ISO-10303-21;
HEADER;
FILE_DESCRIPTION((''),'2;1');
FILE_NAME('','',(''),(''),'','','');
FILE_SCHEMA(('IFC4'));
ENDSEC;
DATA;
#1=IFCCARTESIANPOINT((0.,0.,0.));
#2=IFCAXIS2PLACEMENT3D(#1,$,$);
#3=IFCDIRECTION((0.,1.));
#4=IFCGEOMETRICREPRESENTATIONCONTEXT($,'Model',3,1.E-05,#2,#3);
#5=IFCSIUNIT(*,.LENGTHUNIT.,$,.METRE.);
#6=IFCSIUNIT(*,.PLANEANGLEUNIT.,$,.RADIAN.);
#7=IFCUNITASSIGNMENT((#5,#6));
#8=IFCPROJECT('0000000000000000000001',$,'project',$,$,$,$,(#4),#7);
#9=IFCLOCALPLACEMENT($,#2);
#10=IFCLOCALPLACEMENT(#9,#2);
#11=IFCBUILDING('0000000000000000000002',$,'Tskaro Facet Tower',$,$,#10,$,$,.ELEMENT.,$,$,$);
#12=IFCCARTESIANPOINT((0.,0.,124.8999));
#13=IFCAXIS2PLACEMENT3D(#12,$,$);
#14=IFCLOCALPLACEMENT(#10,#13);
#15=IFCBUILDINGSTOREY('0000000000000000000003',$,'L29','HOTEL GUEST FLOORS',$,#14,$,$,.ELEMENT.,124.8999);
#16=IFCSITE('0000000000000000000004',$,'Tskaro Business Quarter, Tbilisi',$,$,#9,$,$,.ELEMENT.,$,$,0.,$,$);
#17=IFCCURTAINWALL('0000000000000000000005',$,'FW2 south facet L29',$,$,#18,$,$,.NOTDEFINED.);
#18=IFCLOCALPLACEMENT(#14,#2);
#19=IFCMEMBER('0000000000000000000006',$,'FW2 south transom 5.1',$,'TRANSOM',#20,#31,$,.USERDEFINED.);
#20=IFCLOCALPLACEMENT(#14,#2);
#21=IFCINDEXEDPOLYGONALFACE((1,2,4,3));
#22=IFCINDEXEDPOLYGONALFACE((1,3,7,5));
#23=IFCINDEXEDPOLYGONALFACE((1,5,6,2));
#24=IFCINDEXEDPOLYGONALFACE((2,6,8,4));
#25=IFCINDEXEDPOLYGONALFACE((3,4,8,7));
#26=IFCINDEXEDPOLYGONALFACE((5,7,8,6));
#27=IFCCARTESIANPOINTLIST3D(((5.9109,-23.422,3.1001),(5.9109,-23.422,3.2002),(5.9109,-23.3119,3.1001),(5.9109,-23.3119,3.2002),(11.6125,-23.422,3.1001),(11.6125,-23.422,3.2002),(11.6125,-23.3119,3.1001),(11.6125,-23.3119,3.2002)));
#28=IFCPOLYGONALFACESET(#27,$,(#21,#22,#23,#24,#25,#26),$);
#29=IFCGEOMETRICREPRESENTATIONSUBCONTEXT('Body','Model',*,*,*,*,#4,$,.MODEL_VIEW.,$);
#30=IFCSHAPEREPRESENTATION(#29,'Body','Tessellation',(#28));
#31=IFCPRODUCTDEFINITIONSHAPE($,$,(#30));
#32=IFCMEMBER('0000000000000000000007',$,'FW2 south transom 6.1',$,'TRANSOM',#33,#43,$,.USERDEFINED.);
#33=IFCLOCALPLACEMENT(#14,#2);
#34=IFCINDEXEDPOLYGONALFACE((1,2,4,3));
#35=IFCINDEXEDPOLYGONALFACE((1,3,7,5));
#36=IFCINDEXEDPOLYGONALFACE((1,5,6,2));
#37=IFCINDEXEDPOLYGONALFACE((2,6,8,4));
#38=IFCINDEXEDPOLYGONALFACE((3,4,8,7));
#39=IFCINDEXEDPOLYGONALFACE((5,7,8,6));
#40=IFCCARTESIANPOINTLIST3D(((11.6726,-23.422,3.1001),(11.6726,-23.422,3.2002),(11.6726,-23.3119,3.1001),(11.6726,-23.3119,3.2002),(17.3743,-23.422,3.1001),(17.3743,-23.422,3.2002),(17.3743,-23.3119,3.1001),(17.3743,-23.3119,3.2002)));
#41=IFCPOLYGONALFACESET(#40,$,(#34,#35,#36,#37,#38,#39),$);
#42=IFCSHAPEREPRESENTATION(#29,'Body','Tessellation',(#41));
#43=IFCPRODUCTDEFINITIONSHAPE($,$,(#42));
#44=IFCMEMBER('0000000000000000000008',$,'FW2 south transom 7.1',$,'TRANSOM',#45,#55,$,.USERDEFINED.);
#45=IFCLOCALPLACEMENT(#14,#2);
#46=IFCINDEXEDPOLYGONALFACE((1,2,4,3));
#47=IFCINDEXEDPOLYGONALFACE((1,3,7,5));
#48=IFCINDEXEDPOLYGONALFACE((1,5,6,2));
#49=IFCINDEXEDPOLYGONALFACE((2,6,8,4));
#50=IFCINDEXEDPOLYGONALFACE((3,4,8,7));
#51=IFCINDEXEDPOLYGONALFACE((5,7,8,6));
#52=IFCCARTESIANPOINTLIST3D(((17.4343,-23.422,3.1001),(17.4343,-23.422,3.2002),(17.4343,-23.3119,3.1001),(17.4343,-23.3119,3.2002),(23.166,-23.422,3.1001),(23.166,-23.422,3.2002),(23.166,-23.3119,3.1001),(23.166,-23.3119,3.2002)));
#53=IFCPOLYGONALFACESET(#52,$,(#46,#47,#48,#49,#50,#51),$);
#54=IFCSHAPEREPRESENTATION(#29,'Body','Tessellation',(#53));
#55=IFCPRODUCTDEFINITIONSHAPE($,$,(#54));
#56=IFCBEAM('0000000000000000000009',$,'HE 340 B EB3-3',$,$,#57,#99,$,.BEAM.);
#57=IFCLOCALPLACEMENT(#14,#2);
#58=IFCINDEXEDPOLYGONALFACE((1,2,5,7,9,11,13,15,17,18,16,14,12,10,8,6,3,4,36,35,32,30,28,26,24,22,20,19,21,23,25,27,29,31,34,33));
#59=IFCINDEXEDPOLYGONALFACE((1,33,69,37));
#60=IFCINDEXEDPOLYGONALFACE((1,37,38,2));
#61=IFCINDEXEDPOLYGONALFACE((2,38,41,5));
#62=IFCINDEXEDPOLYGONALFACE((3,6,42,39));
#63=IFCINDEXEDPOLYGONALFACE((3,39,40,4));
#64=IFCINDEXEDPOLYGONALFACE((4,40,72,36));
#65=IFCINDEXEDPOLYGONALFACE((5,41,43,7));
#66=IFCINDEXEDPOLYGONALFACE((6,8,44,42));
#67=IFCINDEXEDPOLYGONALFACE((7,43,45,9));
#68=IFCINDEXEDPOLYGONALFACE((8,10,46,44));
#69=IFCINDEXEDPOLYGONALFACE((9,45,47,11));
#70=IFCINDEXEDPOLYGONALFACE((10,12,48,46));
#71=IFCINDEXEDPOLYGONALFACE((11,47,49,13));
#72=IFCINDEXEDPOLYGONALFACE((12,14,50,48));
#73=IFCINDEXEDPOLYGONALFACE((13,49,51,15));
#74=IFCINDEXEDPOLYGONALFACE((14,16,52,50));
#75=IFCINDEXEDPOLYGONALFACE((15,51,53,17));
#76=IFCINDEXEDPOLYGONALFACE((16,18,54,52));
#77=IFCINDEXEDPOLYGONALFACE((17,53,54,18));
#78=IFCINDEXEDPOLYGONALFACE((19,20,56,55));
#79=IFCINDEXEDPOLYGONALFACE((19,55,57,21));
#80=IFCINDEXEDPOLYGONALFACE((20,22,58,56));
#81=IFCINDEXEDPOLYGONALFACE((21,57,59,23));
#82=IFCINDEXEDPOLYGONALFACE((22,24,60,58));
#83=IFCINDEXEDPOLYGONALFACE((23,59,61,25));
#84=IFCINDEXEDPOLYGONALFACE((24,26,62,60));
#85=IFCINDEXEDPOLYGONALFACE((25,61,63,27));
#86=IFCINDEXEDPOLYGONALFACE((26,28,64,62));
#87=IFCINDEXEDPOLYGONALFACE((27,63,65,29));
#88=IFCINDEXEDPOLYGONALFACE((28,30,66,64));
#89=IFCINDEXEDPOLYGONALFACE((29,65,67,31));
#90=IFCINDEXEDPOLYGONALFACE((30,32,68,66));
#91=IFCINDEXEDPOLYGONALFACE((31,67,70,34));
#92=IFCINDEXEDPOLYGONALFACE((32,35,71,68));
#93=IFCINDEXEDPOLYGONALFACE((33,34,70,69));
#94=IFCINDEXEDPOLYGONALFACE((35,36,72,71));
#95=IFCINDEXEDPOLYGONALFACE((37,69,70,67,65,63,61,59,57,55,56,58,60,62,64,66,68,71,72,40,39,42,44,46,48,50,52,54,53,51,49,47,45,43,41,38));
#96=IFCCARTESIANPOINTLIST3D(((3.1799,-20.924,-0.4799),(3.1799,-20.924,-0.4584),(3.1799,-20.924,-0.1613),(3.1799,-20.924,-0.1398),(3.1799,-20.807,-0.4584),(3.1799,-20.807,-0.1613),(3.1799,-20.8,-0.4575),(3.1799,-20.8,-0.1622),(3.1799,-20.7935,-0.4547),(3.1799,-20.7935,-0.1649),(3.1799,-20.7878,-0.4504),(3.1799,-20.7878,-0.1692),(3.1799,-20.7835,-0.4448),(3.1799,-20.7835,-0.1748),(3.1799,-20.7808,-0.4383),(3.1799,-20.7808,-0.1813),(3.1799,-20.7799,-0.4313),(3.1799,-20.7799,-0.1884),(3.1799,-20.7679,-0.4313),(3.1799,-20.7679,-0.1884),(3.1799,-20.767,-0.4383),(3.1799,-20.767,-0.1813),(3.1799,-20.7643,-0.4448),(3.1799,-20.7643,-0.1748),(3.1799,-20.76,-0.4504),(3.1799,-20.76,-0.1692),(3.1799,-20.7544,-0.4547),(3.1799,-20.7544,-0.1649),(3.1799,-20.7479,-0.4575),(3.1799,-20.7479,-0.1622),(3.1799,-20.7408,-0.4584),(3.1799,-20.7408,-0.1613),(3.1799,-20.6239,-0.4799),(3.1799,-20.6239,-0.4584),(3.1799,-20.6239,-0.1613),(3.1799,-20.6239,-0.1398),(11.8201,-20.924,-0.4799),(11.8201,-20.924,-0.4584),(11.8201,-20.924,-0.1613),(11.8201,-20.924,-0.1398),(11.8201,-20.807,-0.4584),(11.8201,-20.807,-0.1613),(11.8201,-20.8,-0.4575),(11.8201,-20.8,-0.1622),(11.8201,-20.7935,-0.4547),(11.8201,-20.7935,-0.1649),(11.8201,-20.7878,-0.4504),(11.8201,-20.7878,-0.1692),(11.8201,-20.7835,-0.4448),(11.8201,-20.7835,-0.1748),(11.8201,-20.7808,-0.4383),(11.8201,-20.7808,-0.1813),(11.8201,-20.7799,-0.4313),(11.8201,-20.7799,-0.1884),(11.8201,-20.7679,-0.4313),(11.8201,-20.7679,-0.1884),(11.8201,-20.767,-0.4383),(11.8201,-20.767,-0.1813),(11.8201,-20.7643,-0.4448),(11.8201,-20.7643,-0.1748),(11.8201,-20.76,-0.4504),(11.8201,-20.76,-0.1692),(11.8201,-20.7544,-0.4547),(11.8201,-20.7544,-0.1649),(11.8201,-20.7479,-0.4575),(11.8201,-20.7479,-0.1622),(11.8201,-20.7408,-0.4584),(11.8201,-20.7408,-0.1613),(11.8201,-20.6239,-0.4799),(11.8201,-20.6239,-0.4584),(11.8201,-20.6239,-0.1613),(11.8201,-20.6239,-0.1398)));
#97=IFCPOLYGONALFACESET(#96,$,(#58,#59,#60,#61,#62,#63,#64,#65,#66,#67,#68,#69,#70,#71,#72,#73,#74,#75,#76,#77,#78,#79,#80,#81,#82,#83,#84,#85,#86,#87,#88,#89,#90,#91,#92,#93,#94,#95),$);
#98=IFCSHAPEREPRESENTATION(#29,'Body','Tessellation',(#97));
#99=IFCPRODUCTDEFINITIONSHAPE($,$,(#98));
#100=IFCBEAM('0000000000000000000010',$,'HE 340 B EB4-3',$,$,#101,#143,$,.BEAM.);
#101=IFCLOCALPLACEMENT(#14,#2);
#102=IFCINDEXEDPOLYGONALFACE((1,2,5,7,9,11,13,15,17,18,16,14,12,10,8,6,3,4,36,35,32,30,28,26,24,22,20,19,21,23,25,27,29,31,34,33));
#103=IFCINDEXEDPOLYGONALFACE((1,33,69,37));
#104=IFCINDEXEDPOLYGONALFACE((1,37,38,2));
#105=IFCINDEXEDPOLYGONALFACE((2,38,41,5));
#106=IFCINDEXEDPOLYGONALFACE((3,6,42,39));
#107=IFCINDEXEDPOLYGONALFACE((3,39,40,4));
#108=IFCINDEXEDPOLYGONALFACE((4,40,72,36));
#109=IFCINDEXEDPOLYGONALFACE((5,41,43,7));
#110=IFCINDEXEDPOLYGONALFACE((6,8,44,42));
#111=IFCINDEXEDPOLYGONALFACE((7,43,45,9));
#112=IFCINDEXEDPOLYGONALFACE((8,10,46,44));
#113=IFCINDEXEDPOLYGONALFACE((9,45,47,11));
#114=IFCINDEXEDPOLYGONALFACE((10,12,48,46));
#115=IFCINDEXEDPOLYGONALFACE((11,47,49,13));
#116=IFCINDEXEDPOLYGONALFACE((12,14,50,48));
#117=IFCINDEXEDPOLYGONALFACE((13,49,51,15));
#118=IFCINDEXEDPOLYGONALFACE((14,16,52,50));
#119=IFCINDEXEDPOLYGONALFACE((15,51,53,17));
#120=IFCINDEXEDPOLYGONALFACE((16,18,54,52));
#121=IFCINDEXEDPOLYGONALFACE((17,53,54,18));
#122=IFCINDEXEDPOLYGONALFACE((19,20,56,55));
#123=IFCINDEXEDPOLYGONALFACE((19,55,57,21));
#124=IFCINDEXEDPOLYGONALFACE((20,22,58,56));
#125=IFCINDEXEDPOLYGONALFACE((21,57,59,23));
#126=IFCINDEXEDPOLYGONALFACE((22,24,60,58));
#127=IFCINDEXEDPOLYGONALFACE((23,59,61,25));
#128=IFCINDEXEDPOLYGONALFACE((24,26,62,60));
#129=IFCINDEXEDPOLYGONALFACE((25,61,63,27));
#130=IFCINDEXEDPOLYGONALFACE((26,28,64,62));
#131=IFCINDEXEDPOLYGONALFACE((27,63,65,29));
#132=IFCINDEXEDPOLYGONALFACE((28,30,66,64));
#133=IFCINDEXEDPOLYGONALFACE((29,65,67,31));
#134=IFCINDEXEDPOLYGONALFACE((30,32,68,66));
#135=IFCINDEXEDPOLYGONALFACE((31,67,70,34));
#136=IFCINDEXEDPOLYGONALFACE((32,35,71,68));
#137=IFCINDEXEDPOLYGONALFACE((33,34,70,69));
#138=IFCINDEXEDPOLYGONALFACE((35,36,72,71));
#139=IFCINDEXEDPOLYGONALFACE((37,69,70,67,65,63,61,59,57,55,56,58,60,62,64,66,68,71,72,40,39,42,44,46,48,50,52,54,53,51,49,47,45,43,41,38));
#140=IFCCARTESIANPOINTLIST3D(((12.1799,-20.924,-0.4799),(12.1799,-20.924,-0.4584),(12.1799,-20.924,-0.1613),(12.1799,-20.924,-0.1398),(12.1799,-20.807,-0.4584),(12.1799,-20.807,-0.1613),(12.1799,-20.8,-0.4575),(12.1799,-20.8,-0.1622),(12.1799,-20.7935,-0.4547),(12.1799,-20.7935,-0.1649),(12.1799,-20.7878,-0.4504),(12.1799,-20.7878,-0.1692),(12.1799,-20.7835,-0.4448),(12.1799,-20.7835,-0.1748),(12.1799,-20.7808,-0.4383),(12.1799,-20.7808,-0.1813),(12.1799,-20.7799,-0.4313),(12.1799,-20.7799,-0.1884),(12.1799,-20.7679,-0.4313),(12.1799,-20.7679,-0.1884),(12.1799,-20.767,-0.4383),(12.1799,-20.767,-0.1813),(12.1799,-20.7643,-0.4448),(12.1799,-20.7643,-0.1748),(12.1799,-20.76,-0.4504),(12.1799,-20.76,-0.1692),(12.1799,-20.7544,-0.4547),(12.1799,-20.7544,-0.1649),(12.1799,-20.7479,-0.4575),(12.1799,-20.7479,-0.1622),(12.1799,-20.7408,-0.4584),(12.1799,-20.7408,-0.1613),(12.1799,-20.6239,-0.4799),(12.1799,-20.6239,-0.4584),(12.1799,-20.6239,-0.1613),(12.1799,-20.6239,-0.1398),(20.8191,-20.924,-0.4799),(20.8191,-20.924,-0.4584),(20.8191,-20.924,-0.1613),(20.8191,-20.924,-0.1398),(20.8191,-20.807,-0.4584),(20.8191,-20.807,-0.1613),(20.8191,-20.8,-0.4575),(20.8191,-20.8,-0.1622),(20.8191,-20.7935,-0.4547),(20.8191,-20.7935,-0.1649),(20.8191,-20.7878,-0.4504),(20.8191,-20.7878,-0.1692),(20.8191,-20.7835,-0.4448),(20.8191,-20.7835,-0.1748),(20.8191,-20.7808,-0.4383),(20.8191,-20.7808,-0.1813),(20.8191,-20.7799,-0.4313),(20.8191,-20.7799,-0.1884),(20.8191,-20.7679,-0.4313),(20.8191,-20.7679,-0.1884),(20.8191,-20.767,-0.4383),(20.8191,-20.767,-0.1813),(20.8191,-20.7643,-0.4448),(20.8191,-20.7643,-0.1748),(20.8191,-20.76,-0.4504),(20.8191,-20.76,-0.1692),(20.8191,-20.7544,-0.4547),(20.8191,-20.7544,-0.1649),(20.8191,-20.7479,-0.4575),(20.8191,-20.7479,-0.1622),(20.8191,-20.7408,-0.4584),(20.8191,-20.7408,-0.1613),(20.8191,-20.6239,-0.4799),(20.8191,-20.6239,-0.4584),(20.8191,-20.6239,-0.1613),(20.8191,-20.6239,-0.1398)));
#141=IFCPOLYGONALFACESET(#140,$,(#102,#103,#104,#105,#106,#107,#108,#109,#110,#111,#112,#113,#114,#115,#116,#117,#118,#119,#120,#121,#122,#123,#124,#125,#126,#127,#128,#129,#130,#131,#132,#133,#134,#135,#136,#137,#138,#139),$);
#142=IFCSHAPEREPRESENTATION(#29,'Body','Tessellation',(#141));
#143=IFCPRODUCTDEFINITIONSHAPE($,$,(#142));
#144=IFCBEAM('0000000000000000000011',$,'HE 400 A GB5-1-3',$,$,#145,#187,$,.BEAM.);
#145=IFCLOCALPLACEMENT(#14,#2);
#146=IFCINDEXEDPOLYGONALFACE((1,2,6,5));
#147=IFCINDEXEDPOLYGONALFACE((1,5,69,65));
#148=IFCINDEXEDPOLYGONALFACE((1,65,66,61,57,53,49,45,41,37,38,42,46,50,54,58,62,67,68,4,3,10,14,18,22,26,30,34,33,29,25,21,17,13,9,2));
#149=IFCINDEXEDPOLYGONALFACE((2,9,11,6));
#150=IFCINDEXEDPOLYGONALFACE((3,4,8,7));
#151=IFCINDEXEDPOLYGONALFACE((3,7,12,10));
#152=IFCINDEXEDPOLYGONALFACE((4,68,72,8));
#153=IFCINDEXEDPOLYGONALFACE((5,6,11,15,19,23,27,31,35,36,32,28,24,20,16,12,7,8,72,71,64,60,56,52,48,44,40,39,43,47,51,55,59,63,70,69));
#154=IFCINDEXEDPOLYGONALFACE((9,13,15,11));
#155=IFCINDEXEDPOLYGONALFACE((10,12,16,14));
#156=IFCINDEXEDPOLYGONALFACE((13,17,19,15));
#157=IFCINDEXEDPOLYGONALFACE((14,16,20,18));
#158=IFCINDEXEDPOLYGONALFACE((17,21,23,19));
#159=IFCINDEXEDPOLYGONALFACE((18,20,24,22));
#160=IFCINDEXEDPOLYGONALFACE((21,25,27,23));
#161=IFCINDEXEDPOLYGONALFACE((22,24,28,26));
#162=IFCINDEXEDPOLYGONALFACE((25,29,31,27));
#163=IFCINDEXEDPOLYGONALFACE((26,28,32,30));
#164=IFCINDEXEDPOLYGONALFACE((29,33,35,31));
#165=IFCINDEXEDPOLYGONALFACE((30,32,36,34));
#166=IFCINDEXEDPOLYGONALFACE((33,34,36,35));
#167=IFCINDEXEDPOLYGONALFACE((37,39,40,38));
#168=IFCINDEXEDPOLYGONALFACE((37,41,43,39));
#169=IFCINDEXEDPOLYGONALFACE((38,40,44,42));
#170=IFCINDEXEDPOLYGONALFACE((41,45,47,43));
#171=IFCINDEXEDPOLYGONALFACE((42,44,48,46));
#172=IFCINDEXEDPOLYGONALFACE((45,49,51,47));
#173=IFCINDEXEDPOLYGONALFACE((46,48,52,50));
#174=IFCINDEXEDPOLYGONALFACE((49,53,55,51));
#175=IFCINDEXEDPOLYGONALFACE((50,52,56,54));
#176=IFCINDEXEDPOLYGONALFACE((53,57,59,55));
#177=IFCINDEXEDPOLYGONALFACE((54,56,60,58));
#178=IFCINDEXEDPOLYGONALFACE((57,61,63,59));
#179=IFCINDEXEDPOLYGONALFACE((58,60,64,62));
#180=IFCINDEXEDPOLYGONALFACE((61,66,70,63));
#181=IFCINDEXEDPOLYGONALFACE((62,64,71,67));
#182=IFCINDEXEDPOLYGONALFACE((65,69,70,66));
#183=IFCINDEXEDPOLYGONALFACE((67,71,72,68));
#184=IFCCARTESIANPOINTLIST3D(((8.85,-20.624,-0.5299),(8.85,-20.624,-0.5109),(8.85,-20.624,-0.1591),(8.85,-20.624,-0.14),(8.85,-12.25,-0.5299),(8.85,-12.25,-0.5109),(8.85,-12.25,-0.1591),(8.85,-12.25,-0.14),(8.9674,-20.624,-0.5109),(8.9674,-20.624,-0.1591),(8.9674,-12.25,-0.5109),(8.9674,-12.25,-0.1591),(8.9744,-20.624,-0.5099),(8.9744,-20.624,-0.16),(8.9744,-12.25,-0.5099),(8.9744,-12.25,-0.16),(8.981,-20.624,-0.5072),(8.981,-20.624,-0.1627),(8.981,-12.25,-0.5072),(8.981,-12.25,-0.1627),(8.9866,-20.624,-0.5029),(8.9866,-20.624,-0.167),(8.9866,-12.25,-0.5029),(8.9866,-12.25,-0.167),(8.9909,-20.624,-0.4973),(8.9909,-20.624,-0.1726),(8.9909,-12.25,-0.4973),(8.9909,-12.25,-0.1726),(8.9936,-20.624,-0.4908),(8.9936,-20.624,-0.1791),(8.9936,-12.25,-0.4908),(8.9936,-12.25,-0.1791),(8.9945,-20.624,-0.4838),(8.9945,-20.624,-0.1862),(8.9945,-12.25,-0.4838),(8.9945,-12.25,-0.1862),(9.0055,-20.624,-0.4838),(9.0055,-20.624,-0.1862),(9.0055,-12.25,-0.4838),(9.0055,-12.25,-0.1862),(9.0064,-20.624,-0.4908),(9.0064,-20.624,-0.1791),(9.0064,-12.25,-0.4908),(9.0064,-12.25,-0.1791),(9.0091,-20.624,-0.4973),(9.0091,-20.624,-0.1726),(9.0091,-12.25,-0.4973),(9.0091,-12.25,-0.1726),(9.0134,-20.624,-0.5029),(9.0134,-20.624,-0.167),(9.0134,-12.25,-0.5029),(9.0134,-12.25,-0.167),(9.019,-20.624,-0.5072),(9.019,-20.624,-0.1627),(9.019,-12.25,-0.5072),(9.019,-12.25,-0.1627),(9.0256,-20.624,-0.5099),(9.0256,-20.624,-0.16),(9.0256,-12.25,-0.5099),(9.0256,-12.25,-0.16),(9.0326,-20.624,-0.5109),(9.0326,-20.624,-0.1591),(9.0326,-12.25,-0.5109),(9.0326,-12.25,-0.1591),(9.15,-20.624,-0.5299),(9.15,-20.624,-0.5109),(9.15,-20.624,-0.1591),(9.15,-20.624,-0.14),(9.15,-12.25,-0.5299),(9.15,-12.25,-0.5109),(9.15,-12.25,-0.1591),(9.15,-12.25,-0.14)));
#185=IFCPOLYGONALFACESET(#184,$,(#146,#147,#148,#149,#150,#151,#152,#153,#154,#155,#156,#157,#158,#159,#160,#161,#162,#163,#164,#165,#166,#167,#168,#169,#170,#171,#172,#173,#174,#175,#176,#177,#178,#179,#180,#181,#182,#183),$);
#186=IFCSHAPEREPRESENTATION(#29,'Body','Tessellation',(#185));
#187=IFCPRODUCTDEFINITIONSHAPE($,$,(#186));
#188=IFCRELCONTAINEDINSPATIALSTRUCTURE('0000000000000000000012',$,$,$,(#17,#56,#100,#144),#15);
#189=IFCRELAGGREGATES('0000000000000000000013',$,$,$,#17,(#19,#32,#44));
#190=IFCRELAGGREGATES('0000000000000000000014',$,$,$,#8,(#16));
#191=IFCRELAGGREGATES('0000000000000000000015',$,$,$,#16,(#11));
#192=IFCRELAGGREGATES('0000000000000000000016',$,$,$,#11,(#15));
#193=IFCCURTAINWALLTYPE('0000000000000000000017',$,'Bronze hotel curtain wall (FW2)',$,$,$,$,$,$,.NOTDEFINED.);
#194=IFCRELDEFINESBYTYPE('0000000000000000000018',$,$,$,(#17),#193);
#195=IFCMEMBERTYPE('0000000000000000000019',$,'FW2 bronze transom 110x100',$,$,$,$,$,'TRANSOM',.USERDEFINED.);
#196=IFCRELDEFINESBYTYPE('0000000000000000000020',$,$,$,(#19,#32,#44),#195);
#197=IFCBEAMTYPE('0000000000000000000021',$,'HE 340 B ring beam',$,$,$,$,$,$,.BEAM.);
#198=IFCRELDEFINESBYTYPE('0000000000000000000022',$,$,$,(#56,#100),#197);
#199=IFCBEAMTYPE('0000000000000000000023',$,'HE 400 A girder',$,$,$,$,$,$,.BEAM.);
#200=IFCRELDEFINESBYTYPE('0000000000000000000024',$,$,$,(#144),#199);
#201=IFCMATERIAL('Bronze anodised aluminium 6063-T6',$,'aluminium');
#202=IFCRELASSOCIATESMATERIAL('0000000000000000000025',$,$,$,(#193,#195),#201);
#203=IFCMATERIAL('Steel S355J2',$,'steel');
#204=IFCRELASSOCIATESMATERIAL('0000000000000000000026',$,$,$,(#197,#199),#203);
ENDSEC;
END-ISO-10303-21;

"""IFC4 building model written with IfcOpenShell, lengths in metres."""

from ifc_helpers import new_model, si_unit, direction, frame, origin, origin_2d, place, context, subcontext, project, spatial, rectangle, i_section, extrude, material, material_profile, profile_set, type_object, element, aggregate, save


model = new_model("IFC4")

# Units and contexts
model_context = context("Model", 3, precision=1e-05, world=origin(), true_north=direction((0.0, 1.0)))
body_context = subcontext(model_context, "Body", "Model", "MODEL_VIEW")
ifc_project = project(units=[si_unit("LENGTHUNIT", "METRE"), si_unit("PLANEANGLEUNIT", "RADIAN")], contexts=[model_context])

# Site, building, storey
site_placement = place(None, origin())
site = spatial("IfcSite", under=ifc_project, at=site_placement, Name="Tskaro Business Quarter, Tbilisi", CompositionType="ELEMENT", RefElevation=0.0)
building_placement = place(site_placement, origin())
building = spatial("IfcBuilding", under=site, at=building_placement, Name="Tskaro Facet Tower", CompositionType="ELEMENT")
storey_placement = place(building_placement, frame((0.0, 0.0, 124.8999)))
storey = spatial("IfcBuildingStorey", under=building, at=storey_placement, Name="L29", Description="HOTEL GUEST FLOORS", CompositionType="ELEMENT", Elevation=124.8999)

# Curtain wall, members
ifc_material_1 = material(Name="Bronze anodised aluminium 6063-T6", Category="aluminium")
curtain_wall_type = type_object("IfcCurtainWallType", Name="Bronze hotel curtain wall (FW2)", PredefinedType="NOTDEFINED", material=ifc_material_1)
curtain_wall_placement = place(storey_placement, origin())
curtain_wall = element("IfcCurtainWall", 1, at=curtain_wall_placement, inside=storey, type_object=curtain_wall_type, Name="FW2 south facet L29", PredefinedType="NOTDEFINED")
ifc_material_profile_1 = material_profile(ifc_material_1, rectangle(XDim=0.1101, YDim=0.1001, at=origin_2d()), Name="Transom 110x100")
ifc_profile_set_1 = profile_set([ifc_material_profile_1], Name="Bronze anodised aluminium 6063-T6")
member_type_1 = type_object("IfcMemberType", Name="FW2 bronze transom 110x100", ElementType="TRANSOM", PredefinedType="USERDEFINED", material=ifc_profile_set_1)
member_1_placement = place(storey_placement, frame((5.9109, -23.3669, 3.1501), z_axis=(1.0, 0.0, 0.0), x_axis=(0.0, 1.0, 0.0)))
member_1 = element("IfcMember", 2, at=member_1_placement, type_object=member_type_1, Name="FW2 south transom 5.1", ObjectType="TRANSOM", PredefinedType="USERDEFINED", context=body_context, shape_type="SweptSolid", body=[
    extrude(rectangle(XDim=0.1101, YDim=0.1001, at=origin_2d()), origin(), (0.0, 0.0, 1.0), 5.7017),
])
member_2_placement = place(storey_placement, frame((11.6726, -23.3669, 3.1501), z_axis=(1.0, 0.0, 0.0), x_axis=(0.0, 1.0, 0.0)))
member_2 = element("IfcMember", 3, at=member_2_placement, type_object=member_type_1, Name="FW2 south transom 6.1", ObjectType="TRANSOM", PredefinedType="USERDEFINED", context=body_context, shape_type="SweptSolid", body=[
    extrude(rectangle(XDim=0.1101, YDim=0.1001, at=origin_2d()), origin(), (0.0, 0.0, 1.0), 5.7017),
])
member_3_placement = place(storey_placement, frame((17.4343, -23.3669, 3.1501), z_axis=(1.0, 0.0, 0.0), x_axis=(0.0, 1.0, 0.0)))
member_3 = element("IfcMember", 4, at=member_3_placement, type_object=member_type_1, Name="FW2 south transom 7.1", ObjectType="TRANSOM", PredefinedType="USERDEFINED", context=body_context, shape_type="SweptSolid", body=[
    extrude(rectangle(XDim=0.1101, YDim=0.1001, at=origin_2d()), origin(), (0.0, 0.0, 1.0), 5.7317),
])

# Beams
ifc_material_2 = material(Name="Steel S355J2", Category="steel")
ifc_material_profile_2 = material_profile(ifc_material_2, i_section(OverallWidth=0.3, OverallDepth=0.3401, WebThickness=0.012, FlangeThickness=0.0215, FilletRadius=0.0271, at=origin_2d()), Name="HE 340 B")
ifc_profile_set_2 = profile_set([ifc_material_profile_2], Name="Steel S355J2")
beam_type_1 = type_object("IfcBeamType", Name="HE 340 B ring beam", PredefinedType="BEAM", material=ifc_profile_set_2)
beam_1_placement = place(storey_placement, frame((3.1799, -20.7739, -0.3098), z_axis=(1.0, 0.0, 0.0), x_axis=(0.0, 1.0, 0.0)))
element("IfcBeam", 5, at=beam_1_placement, inside=storey, type_object=beam_type_1, Name="HE 340 B EB3-3", PredefinedType="BEAM", context=body_context, shape_type="SweptSolid", body=[
    extrude(i_section(OverallWidth=0.3, OverallDepth=0.3401, WebThickness=0.012, FlangeThickness=0.0215, FilletRadius=0.0271, at=origin_2d()), origin(), (0.0, 0.0, 1.0), 8.6401),
])
beam_2_placement = place(storey_placement, frame((12.1799, -20.7739, -0.3098), z_axis=(1.0, 0.0, 0.0), x_axis=(0.0, 1.0, 0.0)))
element("IfcBeam", 6, at=beam_2_placement, inside=storey, type_object=beam_type_1, Name="HE 340 B EB4-3", PredefinedType="BEAM", context=body_context, shape_type="SweptSolid", body=[
    extrude(i_section(OverallWidth=0.3, OverallDepth=0.3401, WebThickness=0.012, FlangeThickness=0.0215, FilletRadius=0.0271, at=origin_2d()), origin(), (0.0, 0.0, 1.0), 8.6392),
])
ifc_material_profile_3 = material_profile(ifc_material_2, i_section(OverallWidth=0.3, OverallDepth=0.3899, WebThickness=0.011, FlangeThickness=0.019, FilletRadius=0.0271, at=origin_2d()), Name="HE 400 A")
ifc_profile_set_3 = profile_set([ifc_material_profile_3], Name="Steel S355J2")
beam_type_2 = type_object("IfcBeamType", Name="HE 400 A girder", PredefinedType="BEAM", material=ifc_profile_set_3)
beam_3_placement = place(storey_placement, frame((9.0, -20.624, -0.335), z_axis=(0.0, 1.0, 0.0), x_axis=(-1.0, 0.0, 0.0)))
element("IfcBeam", 7, at=beam_3_placement, inside=storey, type_object=beam_type_2, Name="HE 400 A GB5-1-3", PredefinedType="BEAM", context=body_context, shape_type="SweptSolid", body=[
    extrude(i_section(OverallWidth=0.3, OverallDepth=0.3899, WebThickness=0.011, FlangeThickness=0.019, FilletRadius=0.0271, at=origin_2d()), origin(), (0.0, 0.0, 1.0), 8.374),
])

aggregate(curtain_wall, [member_1, member_2, member_3])

save(model, "model.ifc")
